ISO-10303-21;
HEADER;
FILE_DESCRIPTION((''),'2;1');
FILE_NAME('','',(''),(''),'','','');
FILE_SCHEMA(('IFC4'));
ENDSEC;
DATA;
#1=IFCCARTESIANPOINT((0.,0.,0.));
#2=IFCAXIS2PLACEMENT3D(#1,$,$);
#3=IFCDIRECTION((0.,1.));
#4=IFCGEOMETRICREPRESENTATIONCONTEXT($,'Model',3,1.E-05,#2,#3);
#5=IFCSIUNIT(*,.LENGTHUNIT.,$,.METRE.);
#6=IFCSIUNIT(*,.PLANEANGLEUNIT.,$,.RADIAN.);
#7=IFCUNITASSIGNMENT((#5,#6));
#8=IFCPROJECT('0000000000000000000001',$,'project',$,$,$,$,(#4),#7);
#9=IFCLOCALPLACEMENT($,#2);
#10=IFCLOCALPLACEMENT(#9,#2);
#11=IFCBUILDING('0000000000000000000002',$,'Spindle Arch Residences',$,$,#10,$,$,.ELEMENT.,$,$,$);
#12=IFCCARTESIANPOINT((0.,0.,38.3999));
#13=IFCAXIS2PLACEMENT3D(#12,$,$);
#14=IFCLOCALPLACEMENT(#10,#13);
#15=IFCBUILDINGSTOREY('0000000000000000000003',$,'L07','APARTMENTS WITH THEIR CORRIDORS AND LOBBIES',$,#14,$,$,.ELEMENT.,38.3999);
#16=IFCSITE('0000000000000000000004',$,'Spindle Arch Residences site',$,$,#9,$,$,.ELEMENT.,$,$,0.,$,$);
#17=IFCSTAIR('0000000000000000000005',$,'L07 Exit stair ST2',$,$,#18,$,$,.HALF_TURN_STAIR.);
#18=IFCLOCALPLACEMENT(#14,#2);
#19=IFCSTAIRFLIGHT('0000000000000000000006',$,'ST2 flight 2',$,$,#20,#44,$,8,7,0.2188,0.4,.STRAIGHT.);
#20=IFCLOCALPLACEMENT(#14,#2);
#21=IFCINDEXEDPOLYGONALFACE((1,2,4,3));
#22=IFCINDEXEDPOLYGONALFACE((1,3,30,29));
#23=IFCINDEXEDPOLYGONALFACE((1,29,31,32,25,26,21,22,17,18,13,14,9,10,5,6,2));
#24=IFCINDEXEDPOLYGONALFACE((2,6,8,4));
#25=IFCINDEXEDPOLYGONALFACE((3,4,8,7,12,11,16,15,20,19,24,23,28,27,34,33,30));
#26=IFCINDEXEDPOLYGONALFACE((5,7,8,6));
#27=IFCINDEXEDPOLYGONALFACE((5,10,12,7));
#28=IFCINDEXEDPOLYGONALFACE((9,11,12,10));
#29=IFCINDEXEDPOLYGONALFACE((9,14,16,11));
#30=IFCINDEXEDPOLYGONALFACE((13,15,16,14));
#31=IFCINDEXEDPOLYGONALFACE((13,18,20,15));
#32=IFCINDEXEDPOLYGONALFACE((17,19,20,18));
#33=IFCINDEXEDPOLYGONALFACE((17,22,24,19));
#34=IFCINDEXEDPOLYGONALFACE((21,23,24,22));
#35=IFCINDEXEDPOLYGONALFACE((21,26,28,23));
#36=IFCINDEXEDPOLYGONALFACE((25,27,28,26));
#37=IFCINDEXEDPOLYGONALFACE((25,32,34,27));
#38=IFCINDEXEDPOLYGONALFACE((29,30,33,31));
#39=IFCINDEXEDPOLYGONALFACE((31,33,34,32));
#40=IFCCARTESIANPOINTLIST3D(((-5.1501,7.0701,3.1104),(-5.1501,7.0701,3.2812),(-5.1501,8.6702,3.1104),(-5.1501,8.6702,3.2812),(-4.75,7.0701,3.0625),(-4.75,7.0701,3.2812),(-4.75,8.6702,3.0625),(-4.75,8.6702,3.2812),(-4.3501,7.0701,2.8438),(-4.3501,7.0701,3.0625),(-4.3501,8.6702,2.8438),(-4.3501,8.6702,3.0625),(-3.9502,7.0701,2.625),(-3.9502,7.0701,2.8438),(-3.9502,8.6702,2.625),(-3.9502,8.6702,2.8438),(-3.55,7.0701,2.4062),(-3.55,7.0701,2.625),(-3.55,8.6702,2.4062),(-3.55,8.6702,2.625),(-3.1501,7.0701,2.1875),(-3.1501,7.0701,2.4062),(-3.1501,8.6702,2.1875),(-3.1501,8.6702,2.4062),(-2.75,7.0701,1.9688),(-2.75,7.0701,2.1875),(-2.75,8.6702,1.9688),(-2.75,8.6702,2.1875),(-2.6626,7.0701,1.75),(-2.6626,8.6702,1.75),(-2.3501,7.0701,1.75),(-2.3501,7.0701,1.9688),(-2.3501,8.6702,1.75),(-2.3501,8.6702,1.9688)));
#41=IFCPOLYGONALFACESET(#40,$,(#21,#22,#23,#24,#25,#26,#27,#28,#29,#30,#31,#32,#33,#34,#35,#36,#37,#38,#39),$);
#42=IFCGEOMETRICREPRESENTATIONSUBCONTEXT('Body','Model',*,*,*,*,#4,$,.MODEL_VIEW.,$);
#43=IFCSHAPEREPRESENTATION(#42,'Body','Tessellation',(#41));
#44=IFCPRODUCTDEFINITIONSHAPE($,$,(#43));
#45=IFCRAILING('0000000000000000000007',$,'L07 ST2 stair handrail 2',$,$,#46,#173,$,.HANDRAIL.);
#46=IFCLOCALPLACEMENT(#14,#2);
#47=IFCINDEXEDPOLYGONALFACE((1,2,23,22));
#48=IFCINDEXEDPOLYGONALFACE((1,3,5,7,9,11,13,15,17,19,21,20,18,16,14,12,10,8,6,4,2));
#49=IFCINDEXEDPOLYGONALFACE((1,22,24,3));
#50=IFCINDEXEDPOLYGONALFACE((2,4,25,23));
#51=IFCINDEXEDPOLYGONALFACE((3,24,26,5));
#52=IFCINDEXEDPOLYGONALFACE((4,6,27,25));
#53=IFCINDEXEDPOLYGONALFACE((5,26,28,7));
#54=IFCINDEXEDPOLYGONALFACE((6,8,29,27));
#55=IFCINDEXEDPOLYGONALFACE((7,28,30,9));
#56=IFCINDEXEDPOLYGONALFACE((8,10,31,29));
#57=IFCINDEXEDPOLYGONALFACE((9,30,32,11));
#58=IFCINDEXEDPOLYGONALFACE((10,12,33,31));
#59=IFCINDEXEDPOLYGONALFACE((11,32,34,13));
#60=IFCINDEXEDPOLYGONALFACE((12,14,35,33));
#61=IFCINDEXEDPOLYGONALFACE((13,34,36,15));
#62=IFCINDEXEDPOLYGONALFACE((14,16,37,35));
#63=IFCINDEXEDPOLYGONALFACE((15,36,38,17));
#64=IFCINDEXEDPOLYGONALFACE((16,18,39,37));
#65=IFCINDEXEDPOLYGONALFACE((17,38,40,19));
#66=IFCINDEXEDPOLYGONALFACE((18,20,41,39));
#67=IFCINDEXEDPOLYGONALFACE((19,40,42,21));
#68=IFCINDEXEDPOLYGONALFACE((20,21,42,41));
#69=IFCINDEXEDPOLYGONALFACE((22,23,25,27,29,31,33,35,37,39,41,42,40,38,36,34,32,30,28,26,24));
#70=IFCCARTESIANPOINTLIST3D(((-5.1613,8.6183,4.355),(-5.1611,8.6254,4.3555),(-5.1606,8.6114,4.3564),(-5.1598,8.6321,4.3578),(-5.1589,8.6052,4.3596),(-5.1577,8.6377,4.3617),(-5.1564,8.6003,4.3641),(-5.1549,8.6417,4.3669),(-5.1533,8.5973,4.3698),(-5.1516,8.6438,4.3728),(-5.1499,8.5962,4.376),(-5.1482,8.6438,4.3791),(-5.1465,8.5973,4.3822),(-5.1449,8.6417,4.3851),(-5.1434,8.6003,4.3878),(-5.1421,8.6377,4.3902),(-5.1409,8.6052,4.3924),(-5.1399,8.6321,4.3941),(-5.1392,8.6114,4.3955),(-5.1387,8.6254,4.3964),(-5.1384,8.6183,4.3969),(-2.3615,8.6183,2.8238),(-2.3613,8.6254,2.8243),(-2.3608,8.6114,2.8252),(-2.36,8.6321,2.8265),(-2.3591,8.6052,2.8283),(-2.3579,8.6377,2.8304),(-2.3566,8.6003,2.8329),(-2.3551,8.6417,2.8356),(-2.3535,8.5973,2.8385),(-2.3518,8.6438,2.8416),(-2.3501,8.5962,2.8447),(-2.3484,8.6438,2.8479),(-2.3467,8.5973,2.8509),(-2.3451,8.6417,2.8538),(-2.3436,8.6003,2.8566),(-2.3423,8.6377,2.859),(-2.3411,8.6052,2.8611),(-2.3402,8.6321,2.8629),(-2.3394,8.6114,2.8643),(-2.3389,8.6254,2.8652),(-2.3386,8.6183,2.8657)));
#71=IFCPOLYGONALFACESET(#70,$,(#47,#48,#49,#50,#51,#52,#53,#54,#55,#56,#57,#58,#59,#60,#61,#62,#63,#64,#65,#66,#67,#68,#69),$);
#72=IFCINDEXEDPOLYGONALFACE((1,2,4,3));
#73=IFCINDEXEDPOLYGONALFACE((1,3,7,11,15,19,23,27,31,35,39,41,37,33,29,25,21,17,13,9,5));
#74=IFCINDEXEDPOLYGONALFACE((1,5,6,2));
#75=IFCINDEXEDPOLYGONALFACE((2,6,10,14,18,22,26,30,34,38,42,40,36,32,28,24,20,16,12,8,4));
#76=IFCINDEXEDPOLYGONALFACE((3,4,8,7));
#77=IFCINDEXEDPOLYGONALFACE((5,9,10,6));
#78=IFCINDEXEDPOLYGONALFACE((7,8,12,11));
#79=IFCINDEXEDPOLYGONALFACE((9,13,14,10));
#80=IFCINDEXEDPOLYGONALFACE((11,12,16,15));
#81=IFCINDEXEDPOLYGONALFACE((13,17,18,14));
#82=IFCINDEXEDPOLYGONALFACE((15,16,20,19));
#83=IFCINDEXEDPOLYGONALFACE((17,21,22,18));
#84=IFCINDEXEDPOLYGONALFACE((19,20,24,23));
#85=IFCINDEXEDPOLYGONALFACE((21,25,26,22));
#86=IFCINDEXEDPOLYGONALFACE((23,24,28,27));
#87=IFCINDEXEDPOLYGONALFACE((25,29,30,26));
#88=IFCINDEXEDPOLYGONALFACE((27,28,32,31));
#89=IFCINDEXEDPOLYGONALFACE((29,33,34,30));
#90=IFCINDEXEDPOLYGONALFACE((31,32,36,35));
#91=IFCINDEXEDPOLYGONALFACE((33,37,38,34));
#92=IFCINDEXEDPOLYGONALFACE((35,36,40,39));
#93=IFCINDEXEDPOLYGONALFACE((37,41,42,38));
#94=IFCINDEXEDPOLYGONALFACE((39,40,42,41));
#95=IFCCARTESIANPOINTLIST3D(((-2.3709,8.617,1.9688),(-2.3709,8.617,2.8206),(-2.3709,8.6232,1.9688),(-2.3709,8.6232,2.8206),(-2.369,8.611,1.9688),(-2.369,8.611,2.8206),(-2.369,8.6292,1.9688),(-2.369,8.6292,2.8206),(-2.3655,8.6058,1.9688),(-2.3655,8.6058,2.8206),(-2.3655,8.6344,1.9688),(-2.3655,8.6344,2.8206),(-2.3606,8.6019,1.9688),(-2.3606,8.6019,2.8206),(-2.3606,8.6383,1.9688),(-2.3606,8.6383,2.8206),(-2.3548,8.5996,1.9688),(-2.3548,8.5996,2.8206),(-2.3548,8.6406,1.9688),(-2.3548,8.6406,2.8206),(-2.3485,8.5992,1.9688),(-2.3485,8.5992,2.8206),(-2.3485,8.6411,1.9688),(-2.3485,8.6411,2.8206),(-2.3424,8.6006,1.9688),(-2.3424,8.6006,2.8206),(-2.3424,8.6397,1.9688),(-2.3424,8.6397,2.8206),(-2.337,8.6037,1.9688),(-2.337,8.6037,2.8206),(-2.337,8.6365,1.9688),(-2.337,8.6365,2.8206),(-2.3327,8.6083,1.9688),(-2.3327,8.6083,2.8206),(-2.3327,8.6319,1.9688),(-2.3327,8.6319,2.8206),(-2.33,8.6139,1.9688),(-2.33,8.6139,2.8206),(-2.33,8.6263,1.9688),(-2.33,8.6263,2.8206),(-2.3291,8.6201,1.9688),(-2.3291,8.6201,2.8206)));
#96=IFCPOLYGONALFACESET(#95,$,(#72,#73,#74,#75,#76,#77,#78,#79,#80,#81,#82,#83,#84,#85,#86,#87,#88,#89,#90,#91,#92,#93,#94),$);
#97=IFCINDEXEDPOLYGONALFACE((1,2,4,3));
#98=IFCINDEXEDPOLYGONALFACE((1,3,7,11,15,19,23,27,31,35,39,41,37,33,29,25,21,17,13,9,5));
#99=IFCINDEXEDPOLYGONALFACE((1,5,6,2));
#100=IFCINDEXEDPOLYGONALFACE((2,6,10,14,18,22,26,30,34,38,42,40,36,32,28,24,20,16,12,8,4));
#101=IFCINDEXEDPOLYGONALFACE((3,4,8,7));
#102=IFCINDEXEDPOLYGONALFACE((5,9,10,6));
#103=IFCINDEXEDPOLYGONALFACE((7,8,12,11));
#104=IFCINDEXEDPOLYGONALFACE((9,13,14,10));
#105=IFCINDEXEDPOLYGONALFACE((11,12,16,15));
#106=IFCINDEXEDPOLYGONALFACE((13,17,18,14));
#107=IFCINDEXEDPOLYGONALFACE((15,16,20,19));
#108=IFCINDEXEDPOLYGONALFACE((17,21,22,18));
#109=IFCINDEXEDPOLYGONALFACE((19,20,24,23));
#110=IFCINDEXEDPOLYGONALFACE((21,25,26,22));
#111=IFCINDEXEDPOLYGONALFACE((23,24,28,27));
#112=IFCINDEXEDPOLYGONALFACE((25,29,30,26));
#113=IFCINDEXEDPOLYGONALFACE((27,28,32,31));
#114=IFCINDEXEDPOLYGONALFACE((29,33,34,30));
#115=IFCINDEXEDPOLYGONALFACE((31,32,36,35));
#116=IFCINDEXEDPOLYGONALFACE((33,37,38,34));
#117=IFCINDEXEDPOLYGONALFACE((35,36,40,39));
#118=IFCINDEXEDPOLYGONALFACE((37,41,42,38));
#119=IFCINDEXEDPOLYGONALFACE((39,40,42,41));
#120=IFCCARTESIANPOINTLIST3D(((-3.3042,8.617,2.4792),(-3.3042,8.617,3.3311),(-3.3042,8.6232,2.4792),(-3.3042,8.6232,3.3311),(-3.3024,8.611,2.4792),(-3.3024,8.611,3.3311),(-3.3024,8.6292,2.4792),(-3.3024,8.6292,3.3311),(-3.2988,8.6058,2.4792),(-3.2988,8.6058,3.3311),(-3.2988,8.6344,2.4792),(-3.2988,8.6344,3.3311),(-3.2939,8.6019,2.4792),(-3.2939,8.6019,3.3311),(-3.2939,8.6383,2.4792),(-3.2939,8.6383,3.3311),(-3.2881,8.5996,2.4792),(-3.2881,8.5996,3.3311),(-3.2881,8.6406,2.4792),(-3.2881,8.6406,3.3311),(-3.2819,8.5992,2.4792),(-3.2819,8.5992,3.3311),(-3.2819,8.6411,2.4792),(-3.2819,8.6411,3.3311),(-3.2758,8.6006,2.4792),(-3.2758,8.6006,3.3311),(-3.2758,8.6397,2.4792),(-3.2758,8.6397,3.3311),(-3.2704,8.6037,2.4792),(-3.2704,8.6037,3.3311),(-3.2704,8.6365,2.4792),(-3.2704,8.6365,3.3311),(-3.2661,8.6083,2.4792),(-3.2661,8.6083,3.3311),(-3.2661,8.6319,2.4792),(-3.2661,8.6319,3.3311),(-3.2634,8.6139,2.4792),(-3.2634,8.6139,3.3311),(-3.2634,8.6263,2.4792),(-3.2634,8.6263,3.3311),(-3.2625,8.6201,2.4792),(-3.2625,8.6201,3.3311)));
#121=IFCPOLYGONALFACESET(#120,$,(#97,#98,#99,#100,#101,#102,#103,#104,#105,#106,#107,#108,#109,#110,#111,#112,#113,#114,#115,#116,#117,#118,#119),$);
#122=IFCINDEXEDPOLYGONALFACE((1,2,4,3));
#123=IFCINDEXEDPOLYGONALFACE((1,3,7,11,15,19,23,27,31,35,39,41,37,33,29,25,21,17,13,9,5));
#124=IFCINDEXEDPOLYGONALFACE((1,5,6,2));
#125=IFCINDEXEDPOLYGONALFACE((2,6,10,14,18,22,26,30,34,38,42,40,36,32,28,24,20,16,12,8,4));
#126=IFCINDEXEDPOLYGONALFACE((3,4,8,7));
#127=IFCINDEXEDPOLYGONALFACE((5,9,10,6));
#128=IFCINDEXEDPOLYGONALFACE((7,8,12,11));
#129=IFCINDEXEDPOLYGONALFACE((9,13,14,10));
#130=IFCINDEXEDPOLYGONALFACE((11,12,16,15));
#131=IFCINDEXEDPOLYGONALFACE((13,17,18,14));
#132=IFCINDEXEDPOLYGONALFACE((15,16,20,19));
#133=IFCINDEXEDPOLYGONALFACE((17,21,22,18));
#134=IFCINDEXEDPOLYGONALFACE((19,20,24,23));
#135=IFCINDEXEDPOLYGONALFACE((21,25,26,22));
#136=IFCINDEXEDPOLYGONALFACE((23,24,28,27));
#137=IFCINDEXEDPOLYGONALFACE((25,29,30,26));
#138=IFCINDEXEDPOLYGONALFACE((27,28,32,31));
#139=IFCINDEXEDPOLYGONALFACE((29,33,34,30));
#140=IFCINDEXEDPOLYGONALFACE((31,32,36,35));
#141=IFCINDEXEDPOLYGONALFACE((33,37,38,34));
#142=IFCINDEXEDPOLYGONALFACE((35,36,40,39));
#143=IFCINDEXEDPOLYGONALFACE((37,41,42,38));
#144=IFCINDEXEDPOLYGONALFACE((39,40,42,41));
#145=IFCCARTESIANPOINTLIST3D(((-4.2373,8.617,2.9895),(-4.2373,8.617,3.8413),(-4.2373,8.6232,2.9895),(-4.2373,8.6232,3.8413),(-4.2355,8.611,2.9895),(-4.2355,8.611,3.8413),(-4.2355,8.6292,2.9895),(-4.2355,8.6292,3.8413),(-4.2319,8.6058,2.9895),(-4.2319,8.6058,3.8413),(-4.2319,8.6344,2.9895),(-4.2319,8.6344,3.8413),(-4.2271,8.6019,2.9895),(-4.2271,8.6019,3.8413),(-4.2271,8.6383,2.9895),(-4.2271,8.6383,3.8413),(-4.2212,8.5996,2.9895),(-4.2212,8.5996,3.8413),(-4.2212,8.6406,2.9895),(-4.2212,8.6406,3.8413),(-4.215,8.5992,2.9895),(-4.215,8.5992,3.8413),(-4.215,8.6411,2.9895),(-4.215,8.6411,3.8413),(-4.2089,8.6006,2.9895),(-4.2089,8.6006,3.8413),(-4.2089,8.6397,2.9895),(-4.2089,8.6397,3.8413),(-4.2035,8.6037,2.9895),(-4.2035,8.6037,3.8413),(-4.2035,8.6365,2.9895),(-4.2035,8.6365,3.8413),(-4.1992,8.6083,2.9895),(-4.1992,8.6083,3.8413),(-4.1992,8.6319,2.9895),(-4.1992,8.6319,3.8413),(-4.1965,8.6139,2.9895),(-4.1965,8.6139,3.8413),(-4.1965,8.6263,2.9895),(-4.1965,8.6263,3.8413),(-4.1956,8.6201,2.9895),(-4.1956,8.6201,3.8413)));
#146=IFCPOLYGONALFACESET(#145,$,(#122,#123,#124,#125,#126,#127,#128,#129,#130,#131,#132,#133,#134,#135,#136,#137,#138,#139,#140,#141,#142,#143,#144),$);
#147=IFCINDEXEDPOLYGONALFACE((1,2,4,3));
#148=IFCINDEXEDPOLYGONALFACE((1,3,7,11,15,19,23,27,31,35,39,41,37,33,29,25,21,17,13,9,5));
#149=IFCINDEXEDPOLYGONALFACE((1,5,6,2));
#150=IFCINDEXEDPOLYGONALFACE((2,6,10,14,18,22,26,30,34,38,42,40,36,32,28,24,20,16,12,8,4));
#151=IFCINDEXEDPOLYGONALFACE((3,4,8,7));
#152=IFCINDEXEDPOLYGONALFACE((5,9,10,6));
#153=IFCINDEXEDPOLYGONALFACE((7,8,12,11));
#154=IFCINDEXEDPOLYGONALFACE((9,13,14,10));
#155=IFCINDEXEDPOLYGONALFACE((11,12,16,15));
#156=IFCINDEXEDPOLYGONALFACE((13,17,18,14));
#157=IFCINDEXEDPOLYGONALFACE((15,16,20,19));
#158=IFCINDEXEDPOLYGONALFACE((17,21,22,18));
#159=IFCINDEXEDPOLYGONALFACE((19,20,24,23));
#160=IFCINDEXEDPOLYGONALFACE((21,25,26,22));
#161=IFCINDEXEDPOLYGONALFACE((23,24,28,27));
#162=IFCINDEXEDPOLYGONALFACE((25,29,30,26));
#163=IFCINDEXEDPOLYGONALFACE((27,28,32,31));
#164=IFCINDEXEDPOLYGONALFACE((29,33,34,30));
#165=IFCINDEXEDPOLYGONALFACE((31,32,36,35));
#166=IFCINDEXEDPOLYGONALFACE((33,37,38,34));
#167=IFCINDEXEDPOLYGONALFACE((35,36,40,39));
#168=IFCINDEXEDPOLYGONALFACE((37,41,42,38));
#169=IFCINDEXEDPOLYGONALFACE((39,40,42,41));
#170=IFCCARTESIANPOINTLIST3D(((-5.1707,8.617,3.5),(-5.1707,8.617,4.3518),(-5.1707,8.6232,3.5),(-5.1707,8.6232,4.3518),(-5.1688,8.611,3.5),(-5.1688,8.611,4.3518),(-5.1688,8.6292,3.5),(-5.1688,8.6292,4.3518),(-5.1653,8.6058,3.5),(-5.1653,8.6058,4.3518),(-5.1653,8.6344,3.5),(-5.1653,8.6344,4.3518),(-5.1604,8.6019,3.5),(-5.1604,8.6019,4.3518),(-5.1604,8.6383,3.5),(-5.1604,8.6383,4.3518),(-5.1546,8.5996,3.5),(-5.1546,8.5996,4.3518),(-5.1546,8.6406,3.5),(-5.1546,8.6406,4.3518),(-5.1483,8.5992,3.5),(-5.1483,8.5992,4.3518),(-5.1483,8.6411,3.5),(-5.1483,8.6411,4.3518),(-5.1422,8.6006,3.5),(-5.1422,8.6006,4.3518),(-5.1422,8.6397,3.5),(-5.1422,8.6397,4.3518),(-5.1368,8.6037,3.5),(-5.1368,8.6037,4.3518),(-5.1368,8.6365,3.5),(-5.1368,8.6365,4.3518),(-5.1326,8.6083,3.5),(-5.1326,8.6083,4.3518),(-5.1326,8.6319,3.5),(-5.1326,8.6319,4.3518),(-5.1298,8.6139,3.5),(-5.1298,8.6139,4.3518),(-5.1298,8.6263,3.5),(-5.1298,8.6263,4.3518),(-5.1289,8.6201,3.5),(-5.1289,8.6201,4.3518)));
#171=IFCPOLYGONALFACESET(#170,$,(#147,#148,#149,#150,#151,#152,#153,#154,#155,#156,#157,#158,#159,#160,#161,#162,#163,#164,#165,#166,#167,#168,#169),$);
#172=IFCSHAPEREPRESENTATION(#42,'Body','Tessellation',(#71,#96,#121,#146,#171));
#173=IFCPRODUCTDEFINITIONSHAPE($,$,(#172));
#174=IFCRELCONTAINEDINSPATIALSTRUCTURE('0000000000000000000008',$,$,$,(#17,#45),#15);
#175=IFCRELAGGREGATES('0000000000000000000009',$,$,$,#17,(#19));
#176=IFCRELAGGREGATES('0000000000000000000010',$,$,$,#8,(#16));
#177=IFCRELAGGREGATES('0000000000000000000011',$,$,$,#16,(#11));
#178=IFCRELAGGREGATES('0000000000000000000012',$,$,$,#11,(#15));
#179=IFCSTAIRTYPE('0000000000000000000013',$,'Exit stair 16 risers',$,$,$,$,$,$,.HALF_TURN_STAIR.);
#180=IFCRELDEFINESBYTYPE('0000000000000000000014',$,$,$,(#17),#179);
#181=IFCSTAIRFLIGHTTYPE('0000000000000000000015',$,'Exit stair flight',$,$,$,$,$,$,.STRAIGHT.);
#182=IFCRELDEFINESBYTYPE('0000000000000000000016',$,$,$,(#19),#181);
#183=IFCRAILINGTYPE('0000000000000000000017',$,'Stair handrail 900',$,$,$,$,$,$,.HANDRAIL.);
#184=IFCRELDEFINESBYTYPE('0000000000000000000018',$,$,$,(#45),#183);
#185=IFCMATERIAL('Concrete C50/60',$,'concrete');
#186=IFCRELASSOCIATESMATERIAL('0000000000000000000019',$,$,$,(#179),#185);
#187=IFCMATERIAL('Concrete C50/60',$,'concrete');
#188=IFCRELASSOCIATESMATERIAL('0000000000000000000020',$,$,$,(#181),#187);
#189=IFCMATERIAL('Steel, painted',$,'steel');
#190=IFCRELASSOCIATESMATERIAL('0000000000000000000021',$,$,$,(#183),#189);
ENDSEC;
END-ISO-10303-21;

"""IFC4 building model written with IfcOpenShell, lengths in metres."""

from ifc_helpers import new_model, si_unit, direction, frame, origin, origin_2d, place, context, subcontext, project, spatial, polyline, circle, outline, extrude, material, type_object, element, aggregate, save


model = new_model("IFC4")

# Units and contexts
model_context = context("Model", 3, precision=1e-05, world=origin(), true_north=direction((0.0, 1.0)))
body_context = subcontext(model_context, "Body", "Model", "MODEL_VIEW")
ifc_project = project(units=[si_unit("LENGTHUNIT", "METRE"), si_unit("PLANEANGLEUNIT", "RADIAN")], contexts=[model_context])

# Site, building, storey
site_placement = place(None, origin())
site = spatial("IfcSite", under=ifc_project, at=site_placement, Name="Spindle Arch Residences site", CompositionType="ELEMENT", RefElevation=0.0)
building_placement = place(site_placement, origin())
building = spatial("IfcBuilding", under=site, at=building_placement, Name="Spindle Arch Residences", CompositionType="ELEMENT")
storey_placement = place(building_placement, frame((0.0, 0.0, 38.3999)))
storey = spatial("IfcBuildingStorey", under=building, at=storey_placement, Name="L07", Description="APARTMENTS WITH THEIR CORRIDORS AND LOBBIES", CompositionType="ELEMENT", Elevation=38.3999)

# Stair, stair flight
ifc_material_1 = material(Name="Concrete C50/60", Category="concrete")
stair_type = type_object("IfcStairType", Name="Exit stair 16 risers", PredefinedType="HALF_TURN_STAIR", material=ifc_material_1)
stair_placement = place(storey_placement, origin())
stair = element("IfcStair", 1, at=stair_placement, inside=storey, type_object=stair_type, Name="L07 Exit stair ST2", PredefinedType="HALF_TURN_STAIR")
ifc_material_2 = material(Name="Concrete C50/60", Category="concrete")
stair_flight_type = type_object("IfcStairFlightType", Name="Exit stair flight", PredefinedType="STRAIGHT", material=ifc_material_2)
stair_flight_placement = place(storey_placement, frame((-2.3501, 7.8701, 1.75), z_axis=(0.0, 0.0, 1.0), x_axis=(-1.0, 0.0, 0.0)))
stair_flight = element("IfcStairFlight", 2, at=stair_flight_placement, type_object=stair_flight_type, Name="ST2 flight 2", NumberOfRisers=8, NumberOfTreads=7, PredefinedType="STRAIGHT", RiserHeight=0.2188, TreadLength=0.4, context=body_context, shape_type="SweptSolid", body=[
    extrude(outline(polyline([(0.0, 0.0), (0.0, 0.2188), (0.3999, 0.2188), (0.3999, 0.4375), (0.8, 0.4375), (0.8, 0.6562), (1.2, 0.6562), (1.2, 0.875), (1.6001, 0.875), (1.6001, 1.0938), (2.0, 1.0938), (2.0, 1.3125), (2.3999, 1.3125), (2.3999, 1.5312), (2.8, 1.5312), (2.8, 1.75), (2.8, 1.3604), (0.3125, 0.0), (0.0, 0.0)])), frame((0.0, 0.8, 0.0), z_axis=(0.0, -1.0, 0.0), x_axis=(1.0, 0.0, 0.0)), (0.0, 0.0, 1.0), 1.6001),
])
aggregate(stair, [stair_flight])

# Railing
ifc_material_3 = material(Name="Steel, painted", Category="steel")
railing_type_1 = type_object("IfcRailingType", Name="Stair handrail 900", PredefinedType="HANDRAIL", material=ifc_material_3)
railing_1_placement = place(storey_placement, frame((-2.3501, 8.6201, 1.9688)))
element("IfcRailing", 3, at=railing_1_placement, inside=storey, type_object=railing_type_1, Name="L07 ST2 stair handrail 2", PredefinedType="HANDRAIL", context=body_context, shape_type="SweptSolid", body=[
    extrude(circle(Radius=0.0239, at=origin_2d()), frame((0.0, 0.0, 0.876), z_axis=(-0.877357, 0.0, 0.479838), x_axis=(0.0, -1.0, 0.0)), (0.0, 0.0, 1.0), 3.1912),
    extrude(circle(Radius=0.021, at=origin_2d()), origin(), (0.0, 0.0, 1.0), 0.8518),
    extrude(circle(Radius=0.021, at=origin_2d()), frame((-0.9333, 0.0, 0.5105)), (0.0, 0.0, 1.0), 0.8518),
    extrude(circle(Radius=0.021, at=origin_2d()), frame((-1.8665, 0.0, 1.0208)), (0.0, 0.0, 1.0), 0.8518),
    extrude(circle(Radius=0.021, at=origin_2d()), frame((-2.7998, 0.0, 1.5312)), (0.0, 0.0, 1.0), 0.8518),
])

save(model, "model.ifc")
